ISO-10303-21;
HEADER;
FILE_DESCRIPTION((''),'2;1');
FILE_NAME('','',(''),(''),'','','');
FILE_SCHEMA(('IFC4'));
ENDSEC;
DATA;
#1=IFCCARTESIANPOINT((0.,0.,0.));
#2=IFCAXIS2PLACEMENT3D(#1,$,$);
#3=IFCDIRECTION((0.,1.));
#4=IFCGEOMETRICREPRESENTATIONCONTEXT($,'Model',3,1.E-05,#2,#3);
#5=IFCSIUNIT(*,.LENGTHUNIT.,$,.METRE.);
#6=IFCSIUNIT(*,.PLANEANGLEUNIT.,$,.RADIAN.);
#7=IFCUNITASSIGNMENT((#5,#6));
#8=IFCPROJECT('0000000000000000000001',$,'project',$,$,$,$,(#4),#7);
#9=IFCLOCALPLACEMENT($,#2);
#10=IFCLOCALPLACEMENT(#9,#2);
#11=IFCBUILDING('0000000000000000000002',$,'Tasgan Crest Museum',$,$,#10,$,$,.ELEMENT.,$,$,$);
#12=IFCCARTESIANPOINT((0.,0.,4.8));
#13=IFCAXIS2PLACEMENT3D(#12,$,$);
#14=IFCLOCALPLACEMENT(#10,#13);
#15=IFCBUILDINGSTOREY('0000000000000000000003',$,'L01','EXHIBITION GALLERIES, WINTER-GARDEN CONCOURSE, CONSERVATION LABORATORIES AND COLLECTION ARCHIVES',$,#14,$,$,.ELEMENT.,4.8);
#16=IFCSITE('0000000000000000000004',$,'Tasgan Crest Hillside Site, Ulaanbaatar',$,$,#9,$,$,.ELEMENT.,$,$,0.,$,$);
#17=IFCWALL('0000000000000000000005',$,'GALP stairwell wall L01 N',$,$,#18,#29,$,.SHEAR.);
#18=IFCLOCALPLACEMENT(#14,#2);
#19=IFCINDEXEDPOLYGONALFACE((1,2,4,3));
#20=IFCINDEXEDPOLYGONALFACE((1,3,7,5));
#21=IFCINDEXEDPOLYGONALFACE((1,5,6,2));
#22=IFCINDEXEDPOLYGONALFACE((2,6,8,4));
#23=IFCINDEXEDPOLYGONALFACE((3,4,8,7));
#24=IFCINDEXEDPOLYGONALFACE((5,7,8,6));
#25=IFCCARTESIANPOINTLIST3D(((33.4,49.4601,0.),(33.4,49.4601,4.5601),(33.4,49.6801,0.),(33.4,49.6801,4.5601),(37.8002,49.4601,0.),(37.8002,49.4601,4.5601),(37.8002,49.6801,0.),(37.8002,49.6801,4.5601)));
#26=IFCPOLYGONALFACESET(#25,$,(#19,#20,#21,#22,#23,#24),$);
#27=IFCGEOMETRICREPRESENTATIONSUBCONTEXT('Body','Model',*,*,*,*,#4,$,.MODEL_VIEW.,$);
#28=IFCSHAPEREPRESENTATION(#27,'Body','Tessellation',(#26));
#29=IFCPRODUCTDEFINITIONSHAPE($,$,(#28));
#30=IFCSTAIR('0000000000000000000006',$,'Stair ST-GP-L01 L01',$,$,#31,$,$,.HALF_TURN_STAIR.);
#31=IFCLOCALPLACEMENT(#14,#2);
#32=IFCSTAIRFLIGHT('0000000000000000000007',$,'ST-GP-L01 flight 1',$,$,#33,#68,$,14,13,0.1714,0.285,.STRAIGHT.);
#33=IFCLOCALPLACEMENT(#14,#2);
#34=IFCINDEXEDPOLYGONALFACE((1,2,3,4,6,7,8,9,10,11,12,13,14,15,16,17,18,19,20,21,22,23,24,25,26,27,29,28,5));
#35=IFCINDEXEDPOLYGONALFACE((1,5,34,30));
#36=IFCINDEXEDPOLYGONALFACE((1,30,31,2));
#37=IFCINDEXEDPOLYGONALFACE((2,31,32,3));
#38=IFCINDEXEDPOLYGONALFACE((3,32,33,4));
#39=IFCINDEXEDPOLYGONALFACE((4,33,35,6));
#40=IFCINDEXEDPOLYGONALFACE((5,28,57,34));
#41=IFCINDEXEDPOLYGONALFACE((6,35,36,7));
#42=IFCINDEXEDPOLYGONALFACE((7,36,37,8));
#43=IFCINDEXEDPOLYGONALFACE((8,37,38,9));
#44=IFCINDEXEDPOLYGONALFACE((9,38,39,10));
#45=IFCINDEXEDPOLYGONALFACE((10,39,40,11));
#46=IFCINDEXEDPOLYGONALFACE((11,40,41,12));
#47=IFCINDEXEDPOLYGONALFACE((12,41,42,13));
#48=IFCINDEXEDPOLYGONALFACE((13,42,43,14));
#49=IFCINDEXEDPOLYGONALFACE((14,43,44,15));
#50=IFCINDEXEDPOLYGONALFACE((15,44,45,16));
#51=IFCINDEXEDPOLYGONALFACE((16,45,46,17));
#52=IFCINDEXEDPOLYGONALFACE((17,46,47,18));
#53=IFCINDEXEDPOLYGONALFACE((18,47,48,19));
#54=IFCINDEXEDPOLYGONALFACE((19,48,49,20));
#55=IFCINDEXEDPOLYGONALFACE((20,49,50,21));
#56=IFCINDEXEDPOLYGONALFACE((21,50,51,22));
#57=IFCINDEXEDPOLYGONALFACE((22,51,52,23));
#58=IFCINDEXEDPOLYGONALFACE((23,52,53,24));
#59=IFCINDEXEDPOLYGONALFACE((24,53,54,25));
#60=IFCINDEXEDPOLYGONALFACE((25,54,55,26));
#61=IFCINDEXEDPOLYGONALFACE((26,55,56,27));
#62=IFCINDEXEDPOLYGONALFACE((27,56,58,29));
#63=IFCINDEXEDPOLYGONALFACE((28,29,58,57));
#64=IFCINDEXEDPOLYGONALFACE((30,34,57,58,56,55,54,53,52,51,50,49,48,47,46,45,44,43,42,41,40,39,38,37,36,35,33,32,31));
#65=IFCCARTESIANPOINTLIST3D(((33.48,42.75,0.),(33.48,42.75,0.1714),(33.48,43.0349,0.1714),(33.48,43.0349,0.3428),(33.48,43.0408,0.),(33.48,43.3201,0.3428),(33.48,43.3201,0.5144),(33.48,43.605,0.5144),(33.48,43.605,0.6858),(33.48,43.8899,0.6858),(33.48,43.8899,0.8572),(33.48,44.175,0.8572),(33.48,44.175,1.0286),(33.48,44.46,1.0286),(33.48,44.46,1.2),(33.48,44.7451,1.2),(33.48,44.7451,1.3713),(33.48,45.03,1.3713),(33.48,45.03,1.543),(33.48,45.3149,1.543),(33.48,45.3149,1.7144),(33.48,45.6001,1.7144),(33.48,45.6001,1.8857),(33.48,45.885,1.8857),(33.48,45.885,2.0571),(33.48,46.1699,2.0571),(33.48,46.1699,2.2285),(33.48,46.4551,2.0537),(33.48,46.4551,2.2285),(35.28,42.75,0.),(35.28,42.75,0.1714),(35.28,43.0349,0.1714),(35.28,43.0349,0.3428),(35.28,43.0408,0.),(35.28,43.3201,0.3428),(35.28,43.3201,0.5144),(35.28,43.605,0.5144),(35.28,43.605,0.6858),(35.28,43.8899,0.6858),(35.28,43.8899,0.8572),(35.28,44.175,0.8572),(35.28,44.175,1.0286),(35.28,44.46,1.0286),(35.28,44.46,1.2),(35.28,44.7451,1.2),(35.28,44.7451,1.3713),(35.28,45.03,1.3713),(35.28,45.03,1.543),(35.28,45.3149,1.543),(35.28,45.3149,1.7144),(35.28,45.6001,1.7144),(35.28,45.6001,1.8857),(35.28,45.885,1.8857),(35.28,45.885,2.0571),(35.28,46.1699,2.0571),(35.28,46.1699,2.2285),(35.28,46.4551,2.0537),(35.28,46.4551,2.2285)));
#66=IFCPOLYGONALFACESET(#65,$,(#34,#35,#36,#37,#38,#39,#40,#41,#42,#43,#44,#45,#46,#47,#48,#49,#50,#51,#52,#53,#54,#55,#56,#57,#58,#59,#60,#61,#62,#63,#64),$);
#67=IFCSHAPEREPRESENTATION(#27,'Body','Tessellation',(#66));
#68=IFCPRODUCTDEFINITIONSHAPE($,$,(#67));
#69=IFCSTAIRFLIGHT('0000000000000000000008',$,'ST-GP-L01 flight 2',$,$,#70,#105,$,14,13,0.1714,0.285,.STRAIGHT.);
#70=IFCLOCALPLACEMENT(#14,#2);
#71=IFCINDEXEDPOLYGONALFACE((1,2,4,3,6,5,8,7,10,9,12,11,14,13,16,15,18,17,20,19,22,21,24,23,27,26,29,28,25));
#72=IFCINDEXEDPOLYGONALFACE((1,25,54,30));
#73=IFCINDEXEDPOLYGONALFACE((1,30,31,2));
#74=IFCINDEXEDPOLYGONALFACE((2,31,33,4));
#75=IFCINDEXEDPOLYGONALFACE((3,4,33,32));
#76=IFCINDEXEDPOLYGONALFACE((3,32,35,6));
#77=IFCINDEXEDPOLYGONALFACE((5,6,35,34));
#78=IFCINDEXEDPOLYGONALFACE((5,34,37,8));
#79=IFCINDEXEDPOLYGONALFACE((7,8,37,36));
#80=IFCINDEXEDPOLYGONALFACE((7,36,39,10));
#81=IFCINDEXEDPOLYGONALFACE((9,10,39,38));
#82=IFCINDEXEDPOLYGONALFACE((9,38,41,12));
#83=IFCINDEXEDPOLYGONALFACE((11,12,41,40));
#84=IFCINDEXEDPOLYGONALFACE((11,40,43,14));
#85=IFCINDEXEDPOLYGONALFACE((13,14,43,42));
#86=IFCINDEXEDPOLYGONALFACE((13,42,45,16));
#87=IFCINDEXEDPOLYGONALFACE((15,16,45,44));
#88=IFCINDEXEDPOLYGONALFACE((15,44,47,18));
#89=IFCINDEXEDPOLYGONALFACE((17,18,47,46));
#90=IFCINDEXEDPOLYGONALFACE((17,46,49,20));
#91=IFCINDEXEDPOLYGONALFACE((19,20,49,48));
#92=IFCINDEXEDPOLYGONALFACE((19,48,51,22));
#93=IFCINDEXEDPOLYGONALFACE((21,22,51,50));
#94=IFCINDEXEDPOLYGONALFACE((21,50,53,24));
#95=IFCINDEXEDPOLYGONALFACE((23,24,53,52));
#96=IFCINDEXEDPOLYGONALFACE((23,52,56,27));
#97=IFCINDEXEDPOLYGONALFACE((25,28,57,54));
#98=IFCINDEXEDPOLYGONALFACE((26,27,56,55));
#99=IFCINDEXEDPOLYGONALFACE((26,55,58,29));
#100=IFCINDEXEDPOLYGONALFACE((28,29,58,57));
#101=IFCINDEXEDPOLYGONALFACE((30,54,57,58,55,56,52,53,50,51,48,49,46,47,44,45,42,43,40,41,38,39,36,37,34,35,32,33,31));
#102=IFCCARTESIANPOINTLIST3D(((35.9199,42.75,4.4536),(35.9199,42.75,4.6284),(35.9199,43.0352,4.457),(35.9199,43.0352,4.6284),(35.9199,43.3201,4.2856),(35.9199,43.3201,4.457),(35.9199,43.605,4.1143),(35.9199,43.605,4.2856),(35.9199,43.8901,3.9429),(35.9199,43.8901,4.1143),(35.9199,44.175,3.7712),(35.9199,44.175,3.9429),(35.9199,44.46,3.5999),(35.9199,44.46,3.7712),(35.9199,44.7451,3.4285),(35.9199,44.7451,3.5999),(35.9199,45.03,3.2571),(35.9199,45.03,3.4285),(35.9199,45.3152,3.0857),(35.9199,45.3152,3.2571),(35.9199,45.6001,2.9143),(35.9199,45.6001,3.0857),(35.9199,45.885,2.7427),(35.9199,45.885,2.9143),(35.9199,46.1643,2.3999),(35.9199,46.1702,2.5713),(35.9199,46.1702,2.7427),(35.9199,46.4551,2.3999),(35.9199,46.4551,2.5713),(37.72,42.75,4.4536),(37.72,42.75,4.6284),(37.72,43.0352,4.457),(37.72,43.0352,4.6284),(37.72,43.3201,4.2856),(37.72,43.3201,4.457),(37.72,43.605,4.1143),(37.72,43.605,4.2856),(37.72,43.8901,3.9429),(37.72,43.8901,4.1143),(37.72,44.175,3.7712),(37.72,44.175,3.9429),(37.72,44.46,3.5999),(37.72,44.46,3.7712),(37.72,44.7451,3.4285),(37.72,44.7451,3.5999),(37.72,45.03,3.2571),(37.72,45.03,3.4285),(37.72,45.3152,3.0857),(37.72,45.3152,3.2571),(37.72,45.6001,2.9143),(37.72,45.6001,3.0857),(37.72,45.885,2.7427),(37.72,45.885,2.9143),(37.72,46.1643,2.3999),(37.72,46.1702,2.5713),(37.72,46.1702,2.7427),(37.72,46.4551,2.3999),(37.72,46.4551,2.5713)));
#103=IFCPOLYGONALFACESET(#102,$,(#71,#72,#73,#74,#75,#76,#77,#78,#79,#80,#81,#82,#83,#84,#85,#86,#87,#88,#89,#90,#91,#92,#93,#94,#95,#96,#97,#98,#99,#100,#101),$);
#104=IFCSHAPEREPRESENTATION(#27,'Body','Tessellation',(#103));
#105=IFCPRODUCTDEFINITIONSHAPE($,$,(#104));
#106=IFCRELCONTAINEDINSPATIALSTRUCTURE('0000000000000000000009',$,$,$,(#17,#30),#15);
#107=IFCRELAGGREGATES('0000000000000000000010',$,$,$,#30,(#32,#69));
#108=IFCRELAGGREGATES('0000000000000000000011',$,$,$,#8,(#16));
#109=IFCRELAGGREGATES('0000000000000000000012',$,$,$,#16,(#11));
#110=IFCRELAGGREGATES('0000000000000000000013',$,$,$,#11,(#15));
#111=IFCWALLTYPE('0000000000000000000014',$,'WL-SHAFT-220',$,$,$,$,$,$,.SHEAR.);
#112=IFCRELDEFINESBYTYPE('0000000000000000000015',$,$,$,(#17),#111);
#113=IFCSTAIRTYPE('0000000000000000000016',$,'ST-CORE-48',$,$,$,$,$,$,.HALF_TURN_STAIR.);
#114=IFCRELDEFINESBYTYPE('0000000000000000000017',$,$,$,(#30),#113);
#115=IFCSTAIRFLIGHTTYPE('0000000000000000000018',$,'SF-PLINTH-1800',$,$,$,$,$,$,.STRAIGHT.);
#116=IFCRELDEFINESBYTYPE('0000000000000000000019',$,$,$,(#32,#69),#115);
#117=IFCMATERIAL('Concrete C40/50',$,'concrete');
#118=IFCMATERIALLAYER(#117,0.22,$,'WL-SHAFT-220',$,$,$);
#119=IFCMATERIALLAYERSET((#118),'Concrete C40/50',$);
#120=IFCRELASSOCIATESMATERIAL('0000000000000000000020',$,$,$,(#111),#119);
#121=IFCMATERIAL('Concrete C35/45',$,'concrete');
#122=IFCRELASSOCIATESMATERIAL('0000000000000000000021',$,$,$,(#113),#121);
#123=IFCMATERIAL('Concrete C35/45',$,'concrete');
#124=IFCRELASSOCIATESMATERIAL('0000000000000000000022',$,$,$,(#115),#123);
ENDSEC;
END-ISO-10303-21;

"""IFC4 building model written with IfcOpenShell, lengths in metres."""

from ifc_helpers import new_model, si_unit, direction, frame, frame_2d, origin, place, context, subcontext, project, spatial, polyline, rectangle, outline, extrude, material, layer, layer_set, type_object, element, aggregate, save


model = new_model("IFC4")

# Units and contexts
model_context = context("Model", 3, precision=1e-05, world=origin(), true_north=direction((0.0, 1.0)))
body_context = subcontext(model_context, "Body", "Model", "MODEL_VIEW")
ifc_project = project(units=[si_unit("LENGTHUNIT", "METRE"), si_unit("PLANEANGLEUNIT", "RADIAN")], contexts=[model_context])

# Site, building, storey
site_placement = place(None, origin())
site = spatial("IfcSite", under=ifc_project, at=site_placement, Name="Tasgan Crest Hillside Site, Ulaanbaatar", CompositionType="ELEMENT", RefElevation=0.0)
building_placement = place(site_placement, origin())
building = spatial("IfcBuilding", under=site, at=building_placement, Name="Tasgan Crest Museum", CompositionType="ELEMENT")
storey_placement = place(building_placement, frame((0.0, 0.0, 4.8)))
storey = spatial("IfcBuildingStorey", under=building, at=storey_placement, Name="L01", Description="EXHIBITION GALLERIES, WINTER-GARDEN CONCOURSE, CONSERVATION LABORATORIES AND COLLECTION ARCHIVES", CompositionType="ELEMENT", Elevation=4.8)

# Wall
ifc_material_1 = material(Name="Concrete C40/50", Category="concrete")
ifc_layer_1 = layer(ifc_material_1, 0.22, Name="WL-SHAFT-220")
ifc_layer_set_1 = layer_set([ifc_layer_1], Name="Concrete C40/50")
wall_type_1 = type_object("IfcWallType", Name="WL-SHAFT-220", PredefinedType="SHEAR", material=ifc_layer_set_1)
wall_1_placement = place(storey_placement, frame((33.3999, 49.5701, 0.0), z_axis=(0.0, 0.0, 1.0), x_axis=(1.0, 0.0, 0.0)))
element("IfcWall", 1, at=wall_1_placement, inside=storey, type_object=wall_type_1, Name="GALP stairwell wall L01 N", PredefinedType="SHEAR", context=body_context, shape_type="SweptSolid", body=[
    extrude(rectangle(XDim=4.4001, YDim=0.22, at=frame_2d((2.2002, 0.0))), origin(), (0.0, 0.0, 1.0), 4.5601),
])

# Stair, stair flights
ifc_material_2 = material(Name="Concrete C35/45", Category="concrete")
stair_type = type_object("IfcStairType", Name="ST-CORE-48", PredefinedType="HALF_TURN_STAIR", material=ifc_material_2)
stair_placement = place(storey_placement, origin())
stair = element("IfcStair", 2, at=stair_placement, inside=storey, type_object=stair_type, Name="Stair ST-GP-L01 L01", PredefinedType="HALF_TURN_STAIR")
ifc_material_3 = material(Name="Concrete C35/45", Category="concrete")
stair_flight_type = type_object("IfcStairFlightType", Name="SF-PLINTH-1800", PredefinedType="STRAIGHT", material=ifc_material_3)
stair_flight_1_placement = place(storey_placement, frame((34.3799, 42.75, 0.0), z_axis=(0.0, 0.0, 1.0), x_axis=(0.0, 1.0, 0.0)))
stair_flight_1 = element("IfcStairFlight", 3, at=stair_flight_1_placement, type_object=stair_flight_type, Name="ST-GP-L01 flight 1", NumberOfRisers=14, NumberOfTreads=13, PredefinedType="STRAIGHT", RiserHeight=0.1714, TreadLength=0.285, context=body_context, shape_type="SweptSolid", body=[
    extrude(outline(polyline([(0.0, 0.0), (0.0, 0.1714), (0.2849, 0.1714), (0.2849, 0.3428), (0.5701, 0.3428), (0.5701, 0.5144), (0.855, 0.5144), (0.855, 0.6858), (1.1399, 0.6858), (1.1399, 0.8572), (1.425, 0.8572), (1.425, 1.0286), (1.71, 1.0286), (1.71, 1.2), (1.9951, 1.2), (1.9951, 1.3713), (2.28, 1.3713), (2.28, 1.543), (2.5649, 1.543), (2.5649, 1.7144), (2.8501, 1.7144), (2.8501, 1.8857), (3.135, 1.8857), (3.135, 2.0571), (3.4199, 2.0571), (3.4199, 2.2285), (3.7051, 2.2285), (3.7051, 2.3999), (3.7051, 2.0537), (0.2908, 0.0), (0.0, 0.0)])), frame((0.0, 0.8999, 0.0), z_axis=(0.0, -1.0, 0.0), x_axis=(1.0, 0.0, 0.0)), (0.0, 0.0, 1.0), 1.8),
])
stair_flight_2_placement = place(storey_placement, frame((36.8201, 46.4551, 2.3999), z_axis=(0.0, 0.0, 1.0), x_axis=(0.0, -1.0, 0.0)))
stair_flight_2 = element("IfcStairFlight", 4, at=stair_flight_2_placement, type_object=stair_flight_type, Name="ST-GP-L01 flight 2", NumberOfRisers=14, NumberOfTreads=13, PredefinedType="STRAIGHT", RiserHeight=0.1714, TreadLength=0.285, context=body_context, shape_type="SweptSolid", body=[
    extrude(outline(polyline([(0.0, 0.0), (0.0, 0.1714), (0.2849, 0.1714), (0.2849, 0.3428), (0.5701, 0.3428), (0.5701, 0.5144), (0.855, 0.5144), (0.855, 0.6858), (1.1399, 0.6858), (1.1399, 0.8572), (1.425, 0.8572), (1.425, 1.0286), (1.71, 1.0286), (1.71, 1.2), (1.9951, 1.2), (1.9951, 1.3713), (2.28, 1.3713), (2.28, 1.543), (2.5649, 1.543), (2.5649, 1.7144), (2.8501, 1.7144), (2.8501, 1.8857), (3.135, 1.8857), (3.135, 2.0571), (3.4199, 2.0571), (3.4199, 2.2285), (3.7051, 2.2285), (3.7051, 2.3999), (3.7051, 2.0537), (0.2908, 0.0), (0.0, 0.0)])), frame((0.0, 0.8999, 0.0), z_axis=(0.0, -1.0, 0.0), x_axis=(1.0, 0.0, 0.0)), (0.0, 0.0, 1.0), 1.8),
])
aggregate(stair, [stair_flight_1, stair_flight_2])

save(model, "model.ifc")
